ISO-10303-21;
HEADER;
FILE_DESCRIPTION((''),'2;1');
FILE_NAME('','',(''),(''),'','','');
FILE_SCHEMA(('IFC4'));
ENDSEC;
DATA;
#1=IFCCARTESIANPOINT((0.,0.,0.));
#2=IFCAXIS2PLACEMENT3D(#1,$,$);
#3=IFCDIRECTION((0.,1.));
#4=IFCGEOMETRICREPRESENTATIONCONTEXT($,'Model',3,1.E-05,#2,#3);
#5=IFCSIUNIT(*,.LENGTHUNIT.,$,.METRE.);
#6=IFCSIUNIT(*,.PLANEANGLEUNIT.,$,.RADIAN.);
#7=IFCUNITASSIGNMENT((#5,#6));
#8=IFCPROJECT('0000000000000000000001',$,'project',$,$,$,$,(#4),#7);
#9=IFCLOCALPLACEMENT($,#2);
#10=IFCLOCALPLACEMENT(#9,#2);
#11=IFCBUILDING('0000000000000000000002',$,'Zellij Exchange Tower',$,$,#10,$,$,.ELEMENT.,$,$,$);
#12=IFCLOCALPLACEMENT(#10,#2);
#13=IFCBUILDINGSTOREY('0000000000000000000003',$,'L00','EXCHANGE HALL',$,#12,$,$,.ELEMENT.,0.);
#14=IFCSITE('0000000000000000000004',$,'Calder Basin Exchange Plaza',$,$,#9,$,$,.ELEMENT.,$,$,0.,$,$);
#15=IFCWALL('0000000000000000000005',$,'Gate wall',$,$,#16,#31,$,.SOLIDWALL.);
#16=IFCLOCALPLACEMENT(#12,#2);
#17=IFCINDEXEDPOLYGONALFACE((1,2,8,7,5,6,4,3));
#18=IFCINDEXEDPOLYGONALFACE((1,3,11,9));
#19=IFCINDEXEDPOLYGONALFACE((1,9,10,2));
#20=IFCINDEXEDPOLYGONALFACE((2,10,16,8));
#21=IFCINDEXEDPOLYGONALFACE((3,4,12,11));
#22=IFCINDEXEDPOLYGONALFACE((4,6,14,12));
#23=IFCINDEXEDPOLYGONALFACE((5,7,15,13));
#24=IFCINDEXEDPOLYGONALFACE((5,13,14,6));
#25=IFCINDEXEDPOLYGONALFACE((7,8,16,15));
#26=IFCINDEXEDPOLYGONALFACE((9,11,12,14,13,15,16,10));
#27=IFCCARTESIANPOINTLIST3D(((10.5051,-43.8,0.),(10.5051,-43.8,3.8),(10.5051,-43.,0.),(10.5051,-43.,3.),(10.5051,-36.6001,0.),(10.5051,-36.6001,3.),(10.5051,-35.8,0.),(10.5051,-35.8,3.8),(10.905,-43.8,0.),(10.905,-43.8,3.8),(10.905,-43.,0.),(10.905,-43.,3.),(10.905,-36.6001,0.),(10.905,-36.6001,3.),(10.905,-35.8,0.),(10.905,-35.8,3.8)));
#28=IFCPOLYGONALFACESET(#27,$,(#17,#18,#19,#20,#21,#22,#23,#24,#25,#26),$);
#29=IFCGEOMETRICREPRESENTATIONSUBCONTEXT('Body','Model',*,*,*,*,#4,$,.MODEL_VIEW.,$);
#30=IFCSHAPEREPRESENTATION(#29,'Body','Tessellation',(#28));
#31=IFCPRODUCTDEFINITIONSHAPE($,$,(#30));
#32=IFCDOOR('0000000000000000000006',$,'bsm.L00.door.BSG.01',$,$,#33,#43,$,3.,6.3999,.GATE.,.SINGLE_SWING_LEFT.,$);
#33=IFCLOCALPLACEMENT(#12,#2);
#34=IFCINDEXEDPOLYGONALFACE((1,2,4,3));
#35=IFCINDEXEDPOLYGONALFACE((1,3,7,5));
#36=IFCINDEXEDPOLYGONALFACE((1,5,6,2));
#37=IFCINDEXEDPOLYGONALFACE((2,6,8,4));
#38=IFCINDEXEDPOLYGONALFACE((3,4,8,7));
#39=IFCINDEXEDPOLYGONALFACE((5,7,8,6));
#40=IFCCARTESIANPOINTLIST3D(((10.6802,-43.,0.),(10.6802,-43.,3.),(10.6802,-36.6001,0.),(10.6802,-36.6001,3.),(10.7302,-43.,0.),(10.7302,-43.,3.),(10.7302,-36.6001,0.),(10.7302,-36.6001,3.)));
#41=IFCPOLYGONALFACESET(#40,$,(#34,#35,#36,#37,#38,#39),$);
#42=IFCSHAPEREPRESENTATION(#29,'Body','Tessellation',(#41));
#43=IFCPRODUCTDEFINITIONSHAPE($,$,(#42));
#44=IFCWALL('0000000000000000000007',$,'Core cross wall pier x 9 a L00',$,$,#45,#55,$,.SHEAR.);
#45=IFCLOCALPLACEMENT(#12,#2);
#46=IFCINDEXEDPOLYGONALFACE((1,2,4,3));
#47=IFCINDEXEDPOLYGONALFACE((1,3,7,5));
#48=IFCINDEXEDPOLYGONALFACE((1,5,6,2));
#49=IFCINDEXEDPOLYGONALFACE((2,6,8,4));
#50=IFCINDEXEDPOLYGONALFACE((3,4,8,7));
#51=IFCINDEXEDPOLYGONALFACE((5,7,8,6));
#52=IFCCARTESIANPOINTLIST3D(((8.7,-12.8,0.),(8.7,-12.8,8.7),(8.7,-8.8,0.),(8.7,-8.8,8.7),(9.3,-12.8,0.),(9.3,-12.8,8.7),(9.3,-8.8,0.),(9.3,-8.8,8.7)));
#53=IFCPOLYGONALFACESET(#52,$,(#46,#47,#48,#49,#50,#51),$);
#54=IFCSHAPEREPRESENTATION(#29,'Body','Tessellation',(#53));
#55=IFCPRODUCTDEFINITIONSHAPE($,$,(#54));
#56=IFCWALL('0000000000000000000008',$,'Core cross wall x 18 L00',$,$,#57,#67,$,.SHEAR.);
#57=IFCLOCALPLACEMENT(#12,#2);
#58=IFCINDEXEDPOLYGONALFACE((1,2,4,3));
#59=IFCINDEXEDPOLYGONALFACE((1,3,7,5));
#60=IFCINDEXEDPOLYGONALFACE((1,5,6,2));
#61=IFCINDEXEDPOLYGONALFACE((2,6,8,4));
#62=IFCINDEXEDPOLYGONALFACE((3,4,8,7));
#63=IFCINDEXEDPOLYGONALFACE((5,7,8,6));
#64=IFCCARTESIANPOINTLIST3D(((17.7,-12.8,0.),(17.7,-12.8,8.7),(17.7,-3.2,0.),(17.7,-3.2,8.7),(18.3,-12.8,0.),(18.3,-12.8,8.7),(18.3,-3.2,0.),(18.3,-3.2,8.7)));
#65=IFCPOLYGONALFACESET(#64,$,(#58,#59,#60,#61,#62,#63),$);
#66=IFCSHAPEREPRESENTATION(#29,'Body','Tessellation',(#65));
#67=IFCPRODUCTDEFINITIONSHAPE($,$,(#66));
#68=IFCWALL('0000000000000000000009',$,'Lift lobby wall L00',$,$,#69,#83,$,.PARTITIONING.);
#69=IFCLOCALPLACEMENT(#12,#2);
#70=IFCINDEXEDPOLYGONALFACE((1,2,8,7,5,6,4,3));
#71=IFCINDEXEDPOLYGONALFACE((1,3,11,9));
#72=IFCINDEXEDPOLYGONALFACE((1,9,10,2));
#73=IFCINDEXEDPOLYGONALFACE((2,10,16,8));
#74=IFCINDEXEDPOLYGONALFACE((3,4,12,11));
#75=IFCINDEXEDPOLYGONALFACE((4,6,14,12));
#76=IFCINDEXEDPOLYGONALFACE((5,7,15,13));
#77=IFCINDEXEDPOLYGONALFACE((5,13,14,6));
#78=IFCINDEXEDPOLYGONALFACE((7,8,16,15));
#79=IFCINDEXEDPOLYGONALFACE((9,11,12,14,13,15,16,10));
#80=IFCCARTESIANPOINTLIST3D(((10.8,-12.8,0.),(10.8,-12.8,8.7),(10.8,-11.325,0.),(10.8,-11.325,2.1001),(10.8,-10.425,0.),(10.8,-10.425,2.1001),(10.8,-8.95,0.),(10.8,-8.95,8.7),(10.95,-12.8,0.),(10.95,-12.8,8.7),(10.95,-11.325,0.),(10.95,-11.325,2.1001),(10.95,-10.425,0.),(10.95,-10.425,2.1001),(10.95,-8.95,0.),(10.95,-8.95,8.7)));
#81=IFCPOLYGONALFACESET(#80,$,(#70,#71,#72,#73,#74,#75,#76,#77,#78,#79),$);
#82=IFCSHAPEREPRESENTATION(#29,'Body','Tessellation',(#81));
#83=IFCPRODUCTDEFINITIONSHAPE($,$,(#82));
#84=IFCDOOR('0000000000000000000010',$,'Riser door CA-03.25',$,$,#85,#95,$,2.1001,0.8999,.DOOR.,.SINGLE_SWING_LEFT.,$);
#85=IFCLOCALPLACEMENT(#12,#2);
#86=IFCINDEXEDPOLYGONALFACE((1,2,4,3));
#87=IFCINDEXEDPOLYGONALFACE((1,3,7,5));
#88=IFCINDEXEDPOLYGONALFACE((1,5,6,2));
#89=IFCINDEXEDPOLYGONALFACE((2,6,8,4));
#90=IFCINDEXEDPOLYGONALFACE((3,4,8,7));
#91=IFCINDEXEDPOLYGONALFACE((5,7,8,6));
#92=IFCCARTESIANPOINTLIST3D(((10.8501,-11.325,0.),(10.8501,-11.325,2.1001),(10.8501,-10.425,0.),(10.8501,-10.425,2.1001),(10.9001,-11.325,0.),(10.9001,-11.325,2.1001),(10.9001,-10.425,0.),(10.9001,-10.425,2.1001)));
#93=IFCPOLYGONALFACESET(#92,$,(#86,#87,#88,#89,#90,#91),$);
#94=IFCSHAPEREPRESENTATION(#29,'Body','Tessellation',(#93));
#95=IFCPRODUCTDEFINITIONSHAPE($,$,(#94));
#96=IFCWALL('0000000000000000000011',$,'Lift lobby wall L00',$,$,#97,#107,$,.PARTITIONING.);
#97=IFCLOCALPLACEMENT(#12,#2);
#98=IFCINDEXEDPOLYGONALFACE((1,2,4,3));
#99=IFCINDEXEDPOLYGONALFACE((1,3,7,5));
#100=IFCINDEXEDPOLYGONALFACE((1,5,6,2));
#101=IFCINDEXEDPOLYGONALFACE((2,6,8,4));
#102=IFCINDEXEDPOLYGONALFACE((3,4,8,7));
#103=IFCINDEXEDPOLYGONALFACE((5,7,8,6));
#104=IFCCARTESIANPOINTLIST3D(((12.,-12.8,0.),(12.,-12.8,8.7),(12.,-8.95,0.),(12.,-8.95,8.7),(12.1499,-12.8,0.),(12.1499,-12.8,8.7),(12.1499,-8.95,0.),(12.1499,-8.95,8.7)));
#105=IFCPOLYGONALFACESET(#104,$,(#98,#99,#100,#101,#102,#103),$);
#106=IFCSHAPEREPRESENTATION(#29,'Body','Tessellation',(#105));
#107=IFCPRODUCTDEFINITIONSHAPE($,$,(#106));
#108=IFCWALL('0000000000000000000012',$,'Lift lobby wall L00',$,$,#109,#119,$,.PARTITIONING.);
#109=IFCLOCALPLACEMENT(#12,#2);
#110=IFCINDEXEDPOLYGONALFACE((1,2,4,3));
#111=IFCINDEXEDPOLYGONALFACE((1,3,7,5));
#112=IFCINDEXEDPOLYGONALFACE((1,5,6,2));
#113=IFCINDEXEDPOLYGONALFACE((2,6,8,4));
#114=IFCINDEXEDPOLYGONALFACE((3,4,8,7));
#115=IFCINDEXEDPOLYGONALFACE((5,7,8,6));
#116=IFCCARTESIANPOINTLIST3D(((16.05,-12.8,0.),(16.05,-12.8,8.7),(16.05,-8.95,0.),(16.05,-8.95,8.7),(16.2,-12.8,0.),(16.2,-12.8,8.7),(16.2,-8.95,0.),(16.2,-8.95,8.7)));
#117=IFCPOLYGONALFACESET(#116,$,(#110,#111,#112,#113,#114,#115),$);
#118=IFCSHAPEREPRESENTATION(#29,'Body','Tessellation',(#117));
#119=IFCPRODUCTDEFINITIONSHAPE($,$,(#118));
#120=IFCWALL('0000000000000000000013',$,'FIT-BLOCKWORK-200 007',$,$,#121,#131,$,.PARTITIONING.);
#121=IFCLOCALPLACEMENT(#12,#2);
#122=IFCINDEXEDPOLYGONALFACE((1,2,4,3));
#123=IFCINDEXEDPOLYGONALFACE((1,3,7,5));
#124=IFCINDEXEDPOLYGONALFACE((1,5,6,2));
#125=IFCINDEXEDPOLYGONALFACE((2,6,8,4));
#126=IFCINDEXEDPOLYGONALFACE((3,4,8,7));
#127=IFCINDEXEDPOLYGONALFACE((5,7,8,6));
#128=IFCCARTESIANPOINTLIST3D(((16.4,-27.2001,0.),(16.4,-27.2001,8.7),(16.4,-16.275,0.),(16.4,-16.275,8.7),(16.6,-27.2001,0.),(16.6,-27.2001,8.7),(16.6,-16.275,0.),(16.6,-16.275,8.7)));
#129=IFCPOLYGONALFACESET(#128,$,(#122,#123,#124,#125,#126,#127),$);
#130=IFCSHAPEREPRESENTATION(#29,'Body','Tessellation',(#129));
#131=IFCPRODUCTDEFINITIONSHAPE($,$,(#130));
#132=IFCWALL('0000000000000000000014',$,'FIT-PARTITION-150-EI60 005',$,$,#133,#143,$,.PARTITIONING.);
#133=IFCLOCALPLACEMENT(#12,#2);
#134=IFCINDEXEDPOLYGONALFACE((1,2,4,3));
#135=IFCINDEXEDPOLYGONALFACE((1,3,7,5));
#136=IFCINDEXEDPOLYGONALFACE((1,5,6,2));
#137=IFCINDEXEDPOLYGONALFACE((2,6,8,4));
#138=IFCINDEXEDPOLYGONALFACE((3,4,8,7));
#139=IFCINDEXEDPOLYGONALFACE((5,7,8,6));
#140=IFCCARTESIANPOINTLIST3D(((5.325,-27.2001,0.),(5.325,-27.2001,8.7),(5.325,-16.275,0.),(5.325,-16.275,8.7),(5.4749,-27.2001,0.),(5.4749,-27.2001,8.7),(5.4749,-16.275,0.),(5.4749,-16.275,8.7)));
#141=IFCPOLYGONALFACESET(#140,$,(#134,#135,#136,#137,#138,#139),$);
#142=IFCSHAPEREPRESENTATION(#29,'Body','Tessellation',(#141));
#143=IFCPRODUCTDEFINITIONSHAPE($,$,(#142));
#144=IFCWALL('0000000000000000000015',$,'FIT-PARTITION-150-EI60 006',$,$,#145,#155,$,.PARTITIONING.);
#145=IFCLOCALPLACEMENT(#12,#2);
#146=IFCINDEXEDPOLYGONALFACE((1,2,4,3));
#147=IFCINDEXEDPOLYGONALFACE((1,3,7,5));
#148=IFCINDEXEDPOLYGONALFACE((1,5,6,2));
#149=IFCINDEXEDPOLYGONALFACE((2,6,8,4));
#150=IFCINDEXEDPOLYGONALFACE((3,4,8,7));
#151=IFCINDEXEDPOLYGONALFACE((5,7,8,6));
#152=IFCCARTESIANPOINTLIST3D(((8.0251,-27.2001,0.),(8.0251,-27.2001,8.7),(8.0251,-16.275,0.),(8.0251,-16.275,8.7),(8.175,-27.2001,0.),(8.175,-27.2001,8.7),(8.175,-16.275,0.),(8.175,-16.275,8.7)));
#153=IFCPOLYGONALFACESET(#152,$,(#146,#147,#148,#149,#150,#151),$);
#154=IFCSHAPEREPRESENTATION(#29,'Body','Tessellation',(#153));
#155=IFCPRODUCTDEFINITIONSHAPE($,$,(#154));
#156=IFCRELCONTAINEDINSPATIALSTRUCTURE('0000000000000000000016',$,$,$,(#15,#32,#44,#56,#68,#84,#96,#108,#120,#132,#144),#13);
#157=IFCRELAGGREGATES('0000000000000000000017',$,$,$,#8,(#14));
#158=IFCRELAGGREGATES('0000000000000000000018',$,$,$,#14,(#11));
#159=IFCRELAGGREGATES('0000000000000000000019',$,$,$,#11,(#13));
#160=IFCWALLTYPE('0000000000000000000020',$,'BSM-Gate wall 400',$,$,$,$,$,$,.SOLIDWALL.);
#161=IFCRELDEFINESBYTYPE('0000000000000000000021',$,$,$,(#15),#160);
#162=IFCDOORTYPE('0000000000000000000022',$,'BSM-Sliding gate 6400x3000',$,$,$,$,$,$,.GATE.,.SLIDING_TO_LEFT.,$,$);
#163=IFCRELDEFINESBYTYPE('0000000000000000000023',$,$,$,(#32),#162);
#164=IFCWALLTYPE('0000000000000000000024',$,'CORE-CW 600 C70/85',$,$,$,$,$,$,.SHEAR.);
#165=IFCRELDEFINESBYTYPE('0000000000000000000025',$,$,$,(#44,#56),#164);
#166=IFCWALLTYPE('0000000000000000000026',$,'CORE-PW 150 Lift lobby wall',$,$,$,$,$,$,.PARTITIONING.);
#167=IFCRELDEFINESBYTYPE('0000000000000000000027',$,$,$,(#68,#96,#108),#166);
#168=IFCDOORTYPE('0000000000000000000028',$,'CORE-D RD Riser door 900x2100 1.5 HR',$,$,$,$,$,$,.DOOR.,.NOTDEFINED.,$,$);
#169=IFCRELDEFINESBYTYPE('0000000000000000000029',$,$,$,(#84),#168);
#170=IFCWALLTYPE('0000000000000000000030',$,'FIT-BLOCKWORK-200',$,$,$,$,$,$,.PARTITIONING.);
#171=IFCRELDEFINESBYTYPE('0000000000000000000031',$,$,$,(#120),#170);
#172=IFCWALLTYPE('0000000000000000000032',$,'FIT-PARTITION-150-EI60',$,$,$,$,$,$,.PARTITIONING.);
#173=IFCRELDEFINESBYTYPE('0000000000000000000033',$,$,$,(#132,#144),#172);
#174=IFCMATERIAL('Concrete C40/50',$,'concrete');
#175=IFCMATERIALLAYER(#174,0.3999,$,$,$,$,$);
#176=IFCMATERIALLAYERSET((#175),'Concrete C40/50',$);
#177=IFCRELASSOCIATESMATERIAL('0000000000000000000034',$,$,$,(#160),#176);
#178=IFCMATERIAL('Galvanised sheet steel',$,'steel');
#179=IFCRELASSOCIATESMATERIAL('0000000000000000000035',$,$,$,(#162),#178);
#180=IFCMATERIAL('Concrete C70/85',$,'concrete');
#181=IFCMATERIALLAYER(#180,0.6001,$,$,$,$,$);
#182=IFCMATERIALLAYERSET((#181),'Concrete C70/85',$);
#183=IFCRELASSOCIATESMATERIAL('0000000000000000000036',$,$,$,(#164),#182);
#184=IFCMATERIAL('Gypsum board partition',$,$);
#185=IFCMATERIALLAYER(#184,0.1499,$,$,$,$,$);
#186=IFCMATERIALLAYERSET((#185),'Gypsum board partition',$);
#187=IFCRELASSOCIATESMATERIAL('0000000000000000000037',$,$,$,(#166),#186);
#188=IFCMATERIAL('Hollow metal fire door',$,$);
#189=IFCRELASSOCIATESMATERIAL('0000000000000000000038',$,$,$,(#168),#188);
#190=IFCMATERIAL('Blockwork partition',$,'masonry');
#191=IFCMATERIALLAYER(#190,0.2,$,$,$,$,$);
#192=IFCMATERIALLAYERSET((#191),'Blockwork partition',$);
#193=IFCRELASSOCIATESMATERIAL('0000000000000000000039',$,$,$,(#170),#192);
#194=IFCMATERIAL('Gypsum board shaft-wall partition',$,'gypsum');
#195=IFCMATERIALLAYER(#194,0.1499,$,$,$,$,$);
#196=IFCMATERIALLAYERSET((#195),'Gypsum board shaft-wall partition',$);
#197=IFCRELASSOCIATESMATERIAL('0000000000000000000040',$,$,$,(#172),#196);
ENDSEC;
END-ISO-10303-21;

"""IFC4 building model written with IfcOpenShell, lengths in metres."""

from ifc_helpers import new_model, si_unit, direction, frame, frame_2d, origin, place, context, subcontext, project, spatial, rectangle, extrude, material, layer, layer_set, type_object, element, fill, save


model = new_model("IFC4")

# Units and contexts
model_context = context("Model", 3, precision=1e-05, world=origin(), true_north=direction((0.0, 1.0)))
body_context = subcontext(model_context, "Body", "Model", "MODEL_VIEW")
ifc_project = project(units=[si_unit("LENGTHUNIT", "METRE"), si_unit("PLANEANGLEUNIT", "RADIAN")], contexts=[model_context])

# Site, building, storey
site_placement = place(None, origin())
site = spatial("IfcSite", under=ifc_project, at=site_placement, Name="Calder Basin Exchange Plaza", CompositionType="ELEMENT", RefElevation=0.0)
building_placement = place(site_placement, origin())
building = spatial("IfcBuilding", under=site, at=building_placement, Name="Zellij Exchange Tower", CompositionType="ELEMENT")
storey_placement = place(building_placement, origin())
storey = spatial("IfcBuildingStorey", under=building, at=storey_placement, Name="L00", Description="EXCHANGE HALL", CompositionType="ELEMENT", Elevation=0.0)

# Shared definitions
ifc_material_1 = material(Name="Concrete C40/50", Category="concrete")

# Shared definitions
ifc_material_2 = material(Name="Concrete C70/85", Category="concrete")

# Wall, opening, door
ifc_layer_1 = layer(ifc_material_1, 0.3999)
ifc_layer_set_1 = layer_set([ifc_layer_1], Name="Concrete C40/50")
wall_type_1 = type_object("IfcWallType", Name="BSM-Gate wall 400", PredefinedType="SOLIDWALL", material=ifc_layer_set_1)
wall_1_placement = place(storey_placement, frame((10.7051, -43.8, 0.0), z_axis=(0.0, 0.0, 1.0), x_axis=(0.0, 1.0, 0.0)))
wall_1 = element("IfcWall", 1, at=wall_1_placement, inside=storey, type_object=wall_type_1, Name="Gate wall", PredefinedType="SOLIDWALL", context=body_context, shape_type="SweptSolid", body=[
    extrude(rectangle(XDim=8.0, YDim=0.3999, at=frame_2d((4.0, 0.0))), origin(), (0.0, 0.0, 1.0), 3.8),
])
opening_1_placement = place(wall_1_placement, frame((0.8, 0.0, 0.0)))
opening_1 = element("IfcOpeningElement", 2, at=opening_1_placement, cuts=wall_1, PredefinedType="OPENING", context=body_context, shape_type="SweptSolid", body=[
    extrude(rectangle(XDim=6.3999, YDim=3.0, at=frame_2d((3.2, 1.5))), frame((0.0, 0.2119, 0.0), z_axis=(0.0, -1.0, 0.0), x_axis=(1.0, 0.0, 0.0)), (0.0, 0.0, 1.0), 0.4238),
])
ifc_material_3 = material(Name="Galvanised sheet steel", Category="steel")
door_type_1 = type_object("IfcDoorType", Name="BSM-Sliding gate 6400x3000", OperationType="SLIDING_TO_LEFT", PredefinedType="GATE", material=ifc_material_3)
door_1_placement = place(opening_1_placement, origin())
door_1 = element("IfcDoor", 3, at=door_1_placement, inside=storey, type_object=door_type_1, Name="bsm.L00.door.BSG.01", OperationType="SINGLE_SWING_LEFT", OverallHeight=3.0, OverallWidth=6.3999, PredefinedType="GATE", context=body_context, shape_type="SweptSolid", body=[
    extrude(rectangle(XDim=6.3999, YDim=3.0, at=frame_2d((3.2, 1.5))), frame((0.0, 0.0249, 0.0), z_axis=(0.0, -1.0, 0.0), x_axis=(1.0, 0.0, 0.0)), (0.0, 0.0, 1.0), 0.05),
])
fill(opening_1, door_1)

# Walls
ifc_layer_2 = layer(ifc_material_2, 0.6001)
ifc_layer_set_2 = layer_set([ifc_layer_2], Name="Concrete C70/85")
wall_type_2 = type_object("IfcWallType", Name="CORE-CW 600 C70/85", PredefinedType="SHEAR", material=ifc_layer_set_2)
wall_2_placement = place(storey_placement, frame((9.0, -12.8, 0.0), z_axis=(0.0, 0.0, 1.0), x_axis=(0.0, 1.0, 0.0)))
element("IfcWall", 4, at=wall_2_placement, inside=storey, type_object=wall_type_2, Name="Core cross wall pier x 9 a L00", PredefinedType="SHEAR", context=body_context, shape_type="SweptSolid", body=[
    extrude(rectangle(XDim=4.0, YDim=0.6001, at=frame_2d((2.0, 0.0))), origin(), (0.0, 0.0, 1.0), 8.7),
])
wall_3_placement = place(storey_placement, frame((18.0, -12.8, 0.0), z_axis=(0.0, 0.0, 1.0), x_axis=(0.0, 1.0, 0.0)))
element("IfcWall", 5, at=wall_3_placement, inside=storey, type_object=wall_type_2, Name="Core cross wall x 18 L00", PredefinedType="SHEAR", context=body_context, shape_type="SweptSolid", body=[
    extrude(rectangle(XDim=9.6001, YDim=0.6001, at=frame_2d((4.8, 0.0))), origin(), (0.0, 0.0, 1.0), 8.7),
])

# Wall, opening, door
ifc_material_4 = material(Name="Gypsum board partition")
ifc_layer_3 = layer(ifc_material_4, 0.1499)
ifc_layer_set_3 = layer_set([ifc_layer_3], Name="Gypsum board partition")
wall_type_3 = type_object("IfcWallType", Name="CORE-PW 150 Lift lobby wall", PredefinedType="PARTITIONING", material=ifc_layer_set_3)
wall_4_placement = place(storey_placement, frame((10.875, -12.8, 0.0), z_axis=(0.0, 0.0, 1.0), x_axis=(0.0, 1.0, 0.0)))
wall_4 = element("IfcWall", 6, at=wall_4_placement, inside=storey, type_object=wall_type_3, Name="Lift lobby wall L00", PredefinedType="PARTITIONING", context=body_context, shape_type="SweptSolid", body=[
    extrude(rectangle(XDim=3.8501, YDim=0.1499, at=frame_2d((1.925, 0.0))), origin(), (0.0, 0.0, 1.0), 8.7),
])
opening_2_placement = place(wall_4_placement, frame((1.4751, 0.0, 0.0)))
opening_2 = element("IfcOpeningElement", 7, at=opening_2_placement, cuts=wall_4, PredefinedType="OPENING", context=body_context, shape_type="SweptSolid", body=[
    extrude(rectangle(XDim=0.8999, YDim=2.1001, at=frame_2d((0.45, 1.05))), frame((0.0, 0.0869, 0.0), z_axis=(0.0, -1.0, 0.0), x_axis=(1.0, 0.0, 0.0)), (0.0, 0.0, 1.0), 0.1738),
])
ifc_material_5 = material(Name="Hollow metal fire door")
door_type_2 = type_object("IfcDoorType", Name="CORE-D RD Riser door 900x2100 1.5 HR", OperationType="NOTDEFINED", PredefinedType="DOOR", material=ifc_material_5)
door_2_placement = place(opening_2_placement, origin())
door_2 = element("IfcDoor", 8, at=door_2_placement, inside=storey, type_object=door_type_2, Name="Riser door CA-03.25", OperationType="SINGLE_SWING_LEFT", OverallHeight=2.1001, OverallWidth=0.8999, PredefinedType="DOOR", context=body_context, shape_type="SweptSolid", body=[
    extrude(rectangle(XDim=0.8999, YDim=2.1001, at=frame_2d((0.45, 1.05))), frame((0.0, 0.0249, 0.0), z_axis=(0.0, -1.0, 0.0), x_axis=(1.0, 0.0, 0.0)), (0.0, 0.0, 1.0), 0.05),
])
fill(opening_2, door_2)

# Walls
for number, where, z_axis, x_axis, name in (
    (9, (12.075, -12.8, 0.0), (0.0, 0.0, 1.0), (0.0, 1.0, 0.0), "Lift lobby wall L00"),
    (10, (16.125, -12.8, 0.0), (0.0, 0.0, 1.0), (0.0, 1.0, 0.0), "Lift lobby wall L00"),
):
    element("IfcWall", number, at=place(storey_placement, frame(where, z_axis=z_axis, x_axis=x_axis)), inside=storey, type_object=wall_type_3, Name=name, PredefinedType="PARTITIONING", context=body_context, shape_type="SweptSolid", body=[
        extrude(rectangle(XDim=3.8501, YDim=0.1499, at=frame_2d((1.925, 0.0))), origin(), (0.0, 0.0, 1.0), 8.7),
    ])
ifc_material_6 = material(Name="Blockwork partition", Category="masonry")
ifc_layer_4 = layer(ifc_material_6, 0.2)
ifc_layer_set_4 = layer_set([ifc_layer_4], Name="Blockwork partition")
wall_type_4 = type_object("IfcWallType", Name="FIT-BLOCKWORK-200", PredefinedType="PARTITIONING", material=ifc_layer_set_4)
wall_5_placement = place(storey_placement, frame((16.5, -27.2, 0.0), z_axis=(0.0, 0.0, 1.0), x_axis=(0.0, 1.0, 0.0)))
element("IfcWall", 11, at=wall_5_placement, inside=storey, type_object=wall_type_4, Name="FIT-BLOCKWORK-200 007", PredefinedType="PARTITIONING", context=body_context, shape_type="SweptSolid", body=[
    extrude(rectangle(XDim=10.925, YDim=0.2, at=frame_2d((5.4624, 0.0))), origin(), (0.0, 0.0, 1.0), 8.7),
])
ifc_material_7 = material(Name="Gypsum board shaft-wall partition", Category="gypsum")
ifc_layer_5 = layer(ifc_material_7, 0.1499)
ifc_layer_set_5 = layer_set([ifc_layer_5], Name="Gypsum board shaft-wall partition")
wall_type_5 = type_object("IfcWallType", Name="FIT-PARTITION-150-EI60", PredefinedType="PARTITIONING", material=ifc_layer_set_5)
for number, where, z_axis, x_axis, name in (
    (12, (5.3999, -27.2, 0.0), (0.0, 0.0, 1.0), (0.0, 1.0, 0.0), "FIT-PARTITION-150-EI60 005"),
    (13, (8.1001, -27.2, 0.0), (0.0, 0.0, 1.0), (0.0, 1.0, 0.0), "FIT-PARTITION-150-EI60 006"),
):
    element("IfcWall", number, at=place(storey_placement, frame(where, z_axis=z_axis, x_axis=x_axis)), inside=storey, type_object=wall_type_5, Name=name, PredefinedType="PARTITIONING", context=body_context, shape_type="SweptSolid", body=[
        extrude(rectangle(XDim=10.925, YDim=0.1499, at=frame_2d((5.4624, 0.0))), origin(), (0.0, 0.0, 1.0), 8.7),
    ])

save(model, "model.ifc")
